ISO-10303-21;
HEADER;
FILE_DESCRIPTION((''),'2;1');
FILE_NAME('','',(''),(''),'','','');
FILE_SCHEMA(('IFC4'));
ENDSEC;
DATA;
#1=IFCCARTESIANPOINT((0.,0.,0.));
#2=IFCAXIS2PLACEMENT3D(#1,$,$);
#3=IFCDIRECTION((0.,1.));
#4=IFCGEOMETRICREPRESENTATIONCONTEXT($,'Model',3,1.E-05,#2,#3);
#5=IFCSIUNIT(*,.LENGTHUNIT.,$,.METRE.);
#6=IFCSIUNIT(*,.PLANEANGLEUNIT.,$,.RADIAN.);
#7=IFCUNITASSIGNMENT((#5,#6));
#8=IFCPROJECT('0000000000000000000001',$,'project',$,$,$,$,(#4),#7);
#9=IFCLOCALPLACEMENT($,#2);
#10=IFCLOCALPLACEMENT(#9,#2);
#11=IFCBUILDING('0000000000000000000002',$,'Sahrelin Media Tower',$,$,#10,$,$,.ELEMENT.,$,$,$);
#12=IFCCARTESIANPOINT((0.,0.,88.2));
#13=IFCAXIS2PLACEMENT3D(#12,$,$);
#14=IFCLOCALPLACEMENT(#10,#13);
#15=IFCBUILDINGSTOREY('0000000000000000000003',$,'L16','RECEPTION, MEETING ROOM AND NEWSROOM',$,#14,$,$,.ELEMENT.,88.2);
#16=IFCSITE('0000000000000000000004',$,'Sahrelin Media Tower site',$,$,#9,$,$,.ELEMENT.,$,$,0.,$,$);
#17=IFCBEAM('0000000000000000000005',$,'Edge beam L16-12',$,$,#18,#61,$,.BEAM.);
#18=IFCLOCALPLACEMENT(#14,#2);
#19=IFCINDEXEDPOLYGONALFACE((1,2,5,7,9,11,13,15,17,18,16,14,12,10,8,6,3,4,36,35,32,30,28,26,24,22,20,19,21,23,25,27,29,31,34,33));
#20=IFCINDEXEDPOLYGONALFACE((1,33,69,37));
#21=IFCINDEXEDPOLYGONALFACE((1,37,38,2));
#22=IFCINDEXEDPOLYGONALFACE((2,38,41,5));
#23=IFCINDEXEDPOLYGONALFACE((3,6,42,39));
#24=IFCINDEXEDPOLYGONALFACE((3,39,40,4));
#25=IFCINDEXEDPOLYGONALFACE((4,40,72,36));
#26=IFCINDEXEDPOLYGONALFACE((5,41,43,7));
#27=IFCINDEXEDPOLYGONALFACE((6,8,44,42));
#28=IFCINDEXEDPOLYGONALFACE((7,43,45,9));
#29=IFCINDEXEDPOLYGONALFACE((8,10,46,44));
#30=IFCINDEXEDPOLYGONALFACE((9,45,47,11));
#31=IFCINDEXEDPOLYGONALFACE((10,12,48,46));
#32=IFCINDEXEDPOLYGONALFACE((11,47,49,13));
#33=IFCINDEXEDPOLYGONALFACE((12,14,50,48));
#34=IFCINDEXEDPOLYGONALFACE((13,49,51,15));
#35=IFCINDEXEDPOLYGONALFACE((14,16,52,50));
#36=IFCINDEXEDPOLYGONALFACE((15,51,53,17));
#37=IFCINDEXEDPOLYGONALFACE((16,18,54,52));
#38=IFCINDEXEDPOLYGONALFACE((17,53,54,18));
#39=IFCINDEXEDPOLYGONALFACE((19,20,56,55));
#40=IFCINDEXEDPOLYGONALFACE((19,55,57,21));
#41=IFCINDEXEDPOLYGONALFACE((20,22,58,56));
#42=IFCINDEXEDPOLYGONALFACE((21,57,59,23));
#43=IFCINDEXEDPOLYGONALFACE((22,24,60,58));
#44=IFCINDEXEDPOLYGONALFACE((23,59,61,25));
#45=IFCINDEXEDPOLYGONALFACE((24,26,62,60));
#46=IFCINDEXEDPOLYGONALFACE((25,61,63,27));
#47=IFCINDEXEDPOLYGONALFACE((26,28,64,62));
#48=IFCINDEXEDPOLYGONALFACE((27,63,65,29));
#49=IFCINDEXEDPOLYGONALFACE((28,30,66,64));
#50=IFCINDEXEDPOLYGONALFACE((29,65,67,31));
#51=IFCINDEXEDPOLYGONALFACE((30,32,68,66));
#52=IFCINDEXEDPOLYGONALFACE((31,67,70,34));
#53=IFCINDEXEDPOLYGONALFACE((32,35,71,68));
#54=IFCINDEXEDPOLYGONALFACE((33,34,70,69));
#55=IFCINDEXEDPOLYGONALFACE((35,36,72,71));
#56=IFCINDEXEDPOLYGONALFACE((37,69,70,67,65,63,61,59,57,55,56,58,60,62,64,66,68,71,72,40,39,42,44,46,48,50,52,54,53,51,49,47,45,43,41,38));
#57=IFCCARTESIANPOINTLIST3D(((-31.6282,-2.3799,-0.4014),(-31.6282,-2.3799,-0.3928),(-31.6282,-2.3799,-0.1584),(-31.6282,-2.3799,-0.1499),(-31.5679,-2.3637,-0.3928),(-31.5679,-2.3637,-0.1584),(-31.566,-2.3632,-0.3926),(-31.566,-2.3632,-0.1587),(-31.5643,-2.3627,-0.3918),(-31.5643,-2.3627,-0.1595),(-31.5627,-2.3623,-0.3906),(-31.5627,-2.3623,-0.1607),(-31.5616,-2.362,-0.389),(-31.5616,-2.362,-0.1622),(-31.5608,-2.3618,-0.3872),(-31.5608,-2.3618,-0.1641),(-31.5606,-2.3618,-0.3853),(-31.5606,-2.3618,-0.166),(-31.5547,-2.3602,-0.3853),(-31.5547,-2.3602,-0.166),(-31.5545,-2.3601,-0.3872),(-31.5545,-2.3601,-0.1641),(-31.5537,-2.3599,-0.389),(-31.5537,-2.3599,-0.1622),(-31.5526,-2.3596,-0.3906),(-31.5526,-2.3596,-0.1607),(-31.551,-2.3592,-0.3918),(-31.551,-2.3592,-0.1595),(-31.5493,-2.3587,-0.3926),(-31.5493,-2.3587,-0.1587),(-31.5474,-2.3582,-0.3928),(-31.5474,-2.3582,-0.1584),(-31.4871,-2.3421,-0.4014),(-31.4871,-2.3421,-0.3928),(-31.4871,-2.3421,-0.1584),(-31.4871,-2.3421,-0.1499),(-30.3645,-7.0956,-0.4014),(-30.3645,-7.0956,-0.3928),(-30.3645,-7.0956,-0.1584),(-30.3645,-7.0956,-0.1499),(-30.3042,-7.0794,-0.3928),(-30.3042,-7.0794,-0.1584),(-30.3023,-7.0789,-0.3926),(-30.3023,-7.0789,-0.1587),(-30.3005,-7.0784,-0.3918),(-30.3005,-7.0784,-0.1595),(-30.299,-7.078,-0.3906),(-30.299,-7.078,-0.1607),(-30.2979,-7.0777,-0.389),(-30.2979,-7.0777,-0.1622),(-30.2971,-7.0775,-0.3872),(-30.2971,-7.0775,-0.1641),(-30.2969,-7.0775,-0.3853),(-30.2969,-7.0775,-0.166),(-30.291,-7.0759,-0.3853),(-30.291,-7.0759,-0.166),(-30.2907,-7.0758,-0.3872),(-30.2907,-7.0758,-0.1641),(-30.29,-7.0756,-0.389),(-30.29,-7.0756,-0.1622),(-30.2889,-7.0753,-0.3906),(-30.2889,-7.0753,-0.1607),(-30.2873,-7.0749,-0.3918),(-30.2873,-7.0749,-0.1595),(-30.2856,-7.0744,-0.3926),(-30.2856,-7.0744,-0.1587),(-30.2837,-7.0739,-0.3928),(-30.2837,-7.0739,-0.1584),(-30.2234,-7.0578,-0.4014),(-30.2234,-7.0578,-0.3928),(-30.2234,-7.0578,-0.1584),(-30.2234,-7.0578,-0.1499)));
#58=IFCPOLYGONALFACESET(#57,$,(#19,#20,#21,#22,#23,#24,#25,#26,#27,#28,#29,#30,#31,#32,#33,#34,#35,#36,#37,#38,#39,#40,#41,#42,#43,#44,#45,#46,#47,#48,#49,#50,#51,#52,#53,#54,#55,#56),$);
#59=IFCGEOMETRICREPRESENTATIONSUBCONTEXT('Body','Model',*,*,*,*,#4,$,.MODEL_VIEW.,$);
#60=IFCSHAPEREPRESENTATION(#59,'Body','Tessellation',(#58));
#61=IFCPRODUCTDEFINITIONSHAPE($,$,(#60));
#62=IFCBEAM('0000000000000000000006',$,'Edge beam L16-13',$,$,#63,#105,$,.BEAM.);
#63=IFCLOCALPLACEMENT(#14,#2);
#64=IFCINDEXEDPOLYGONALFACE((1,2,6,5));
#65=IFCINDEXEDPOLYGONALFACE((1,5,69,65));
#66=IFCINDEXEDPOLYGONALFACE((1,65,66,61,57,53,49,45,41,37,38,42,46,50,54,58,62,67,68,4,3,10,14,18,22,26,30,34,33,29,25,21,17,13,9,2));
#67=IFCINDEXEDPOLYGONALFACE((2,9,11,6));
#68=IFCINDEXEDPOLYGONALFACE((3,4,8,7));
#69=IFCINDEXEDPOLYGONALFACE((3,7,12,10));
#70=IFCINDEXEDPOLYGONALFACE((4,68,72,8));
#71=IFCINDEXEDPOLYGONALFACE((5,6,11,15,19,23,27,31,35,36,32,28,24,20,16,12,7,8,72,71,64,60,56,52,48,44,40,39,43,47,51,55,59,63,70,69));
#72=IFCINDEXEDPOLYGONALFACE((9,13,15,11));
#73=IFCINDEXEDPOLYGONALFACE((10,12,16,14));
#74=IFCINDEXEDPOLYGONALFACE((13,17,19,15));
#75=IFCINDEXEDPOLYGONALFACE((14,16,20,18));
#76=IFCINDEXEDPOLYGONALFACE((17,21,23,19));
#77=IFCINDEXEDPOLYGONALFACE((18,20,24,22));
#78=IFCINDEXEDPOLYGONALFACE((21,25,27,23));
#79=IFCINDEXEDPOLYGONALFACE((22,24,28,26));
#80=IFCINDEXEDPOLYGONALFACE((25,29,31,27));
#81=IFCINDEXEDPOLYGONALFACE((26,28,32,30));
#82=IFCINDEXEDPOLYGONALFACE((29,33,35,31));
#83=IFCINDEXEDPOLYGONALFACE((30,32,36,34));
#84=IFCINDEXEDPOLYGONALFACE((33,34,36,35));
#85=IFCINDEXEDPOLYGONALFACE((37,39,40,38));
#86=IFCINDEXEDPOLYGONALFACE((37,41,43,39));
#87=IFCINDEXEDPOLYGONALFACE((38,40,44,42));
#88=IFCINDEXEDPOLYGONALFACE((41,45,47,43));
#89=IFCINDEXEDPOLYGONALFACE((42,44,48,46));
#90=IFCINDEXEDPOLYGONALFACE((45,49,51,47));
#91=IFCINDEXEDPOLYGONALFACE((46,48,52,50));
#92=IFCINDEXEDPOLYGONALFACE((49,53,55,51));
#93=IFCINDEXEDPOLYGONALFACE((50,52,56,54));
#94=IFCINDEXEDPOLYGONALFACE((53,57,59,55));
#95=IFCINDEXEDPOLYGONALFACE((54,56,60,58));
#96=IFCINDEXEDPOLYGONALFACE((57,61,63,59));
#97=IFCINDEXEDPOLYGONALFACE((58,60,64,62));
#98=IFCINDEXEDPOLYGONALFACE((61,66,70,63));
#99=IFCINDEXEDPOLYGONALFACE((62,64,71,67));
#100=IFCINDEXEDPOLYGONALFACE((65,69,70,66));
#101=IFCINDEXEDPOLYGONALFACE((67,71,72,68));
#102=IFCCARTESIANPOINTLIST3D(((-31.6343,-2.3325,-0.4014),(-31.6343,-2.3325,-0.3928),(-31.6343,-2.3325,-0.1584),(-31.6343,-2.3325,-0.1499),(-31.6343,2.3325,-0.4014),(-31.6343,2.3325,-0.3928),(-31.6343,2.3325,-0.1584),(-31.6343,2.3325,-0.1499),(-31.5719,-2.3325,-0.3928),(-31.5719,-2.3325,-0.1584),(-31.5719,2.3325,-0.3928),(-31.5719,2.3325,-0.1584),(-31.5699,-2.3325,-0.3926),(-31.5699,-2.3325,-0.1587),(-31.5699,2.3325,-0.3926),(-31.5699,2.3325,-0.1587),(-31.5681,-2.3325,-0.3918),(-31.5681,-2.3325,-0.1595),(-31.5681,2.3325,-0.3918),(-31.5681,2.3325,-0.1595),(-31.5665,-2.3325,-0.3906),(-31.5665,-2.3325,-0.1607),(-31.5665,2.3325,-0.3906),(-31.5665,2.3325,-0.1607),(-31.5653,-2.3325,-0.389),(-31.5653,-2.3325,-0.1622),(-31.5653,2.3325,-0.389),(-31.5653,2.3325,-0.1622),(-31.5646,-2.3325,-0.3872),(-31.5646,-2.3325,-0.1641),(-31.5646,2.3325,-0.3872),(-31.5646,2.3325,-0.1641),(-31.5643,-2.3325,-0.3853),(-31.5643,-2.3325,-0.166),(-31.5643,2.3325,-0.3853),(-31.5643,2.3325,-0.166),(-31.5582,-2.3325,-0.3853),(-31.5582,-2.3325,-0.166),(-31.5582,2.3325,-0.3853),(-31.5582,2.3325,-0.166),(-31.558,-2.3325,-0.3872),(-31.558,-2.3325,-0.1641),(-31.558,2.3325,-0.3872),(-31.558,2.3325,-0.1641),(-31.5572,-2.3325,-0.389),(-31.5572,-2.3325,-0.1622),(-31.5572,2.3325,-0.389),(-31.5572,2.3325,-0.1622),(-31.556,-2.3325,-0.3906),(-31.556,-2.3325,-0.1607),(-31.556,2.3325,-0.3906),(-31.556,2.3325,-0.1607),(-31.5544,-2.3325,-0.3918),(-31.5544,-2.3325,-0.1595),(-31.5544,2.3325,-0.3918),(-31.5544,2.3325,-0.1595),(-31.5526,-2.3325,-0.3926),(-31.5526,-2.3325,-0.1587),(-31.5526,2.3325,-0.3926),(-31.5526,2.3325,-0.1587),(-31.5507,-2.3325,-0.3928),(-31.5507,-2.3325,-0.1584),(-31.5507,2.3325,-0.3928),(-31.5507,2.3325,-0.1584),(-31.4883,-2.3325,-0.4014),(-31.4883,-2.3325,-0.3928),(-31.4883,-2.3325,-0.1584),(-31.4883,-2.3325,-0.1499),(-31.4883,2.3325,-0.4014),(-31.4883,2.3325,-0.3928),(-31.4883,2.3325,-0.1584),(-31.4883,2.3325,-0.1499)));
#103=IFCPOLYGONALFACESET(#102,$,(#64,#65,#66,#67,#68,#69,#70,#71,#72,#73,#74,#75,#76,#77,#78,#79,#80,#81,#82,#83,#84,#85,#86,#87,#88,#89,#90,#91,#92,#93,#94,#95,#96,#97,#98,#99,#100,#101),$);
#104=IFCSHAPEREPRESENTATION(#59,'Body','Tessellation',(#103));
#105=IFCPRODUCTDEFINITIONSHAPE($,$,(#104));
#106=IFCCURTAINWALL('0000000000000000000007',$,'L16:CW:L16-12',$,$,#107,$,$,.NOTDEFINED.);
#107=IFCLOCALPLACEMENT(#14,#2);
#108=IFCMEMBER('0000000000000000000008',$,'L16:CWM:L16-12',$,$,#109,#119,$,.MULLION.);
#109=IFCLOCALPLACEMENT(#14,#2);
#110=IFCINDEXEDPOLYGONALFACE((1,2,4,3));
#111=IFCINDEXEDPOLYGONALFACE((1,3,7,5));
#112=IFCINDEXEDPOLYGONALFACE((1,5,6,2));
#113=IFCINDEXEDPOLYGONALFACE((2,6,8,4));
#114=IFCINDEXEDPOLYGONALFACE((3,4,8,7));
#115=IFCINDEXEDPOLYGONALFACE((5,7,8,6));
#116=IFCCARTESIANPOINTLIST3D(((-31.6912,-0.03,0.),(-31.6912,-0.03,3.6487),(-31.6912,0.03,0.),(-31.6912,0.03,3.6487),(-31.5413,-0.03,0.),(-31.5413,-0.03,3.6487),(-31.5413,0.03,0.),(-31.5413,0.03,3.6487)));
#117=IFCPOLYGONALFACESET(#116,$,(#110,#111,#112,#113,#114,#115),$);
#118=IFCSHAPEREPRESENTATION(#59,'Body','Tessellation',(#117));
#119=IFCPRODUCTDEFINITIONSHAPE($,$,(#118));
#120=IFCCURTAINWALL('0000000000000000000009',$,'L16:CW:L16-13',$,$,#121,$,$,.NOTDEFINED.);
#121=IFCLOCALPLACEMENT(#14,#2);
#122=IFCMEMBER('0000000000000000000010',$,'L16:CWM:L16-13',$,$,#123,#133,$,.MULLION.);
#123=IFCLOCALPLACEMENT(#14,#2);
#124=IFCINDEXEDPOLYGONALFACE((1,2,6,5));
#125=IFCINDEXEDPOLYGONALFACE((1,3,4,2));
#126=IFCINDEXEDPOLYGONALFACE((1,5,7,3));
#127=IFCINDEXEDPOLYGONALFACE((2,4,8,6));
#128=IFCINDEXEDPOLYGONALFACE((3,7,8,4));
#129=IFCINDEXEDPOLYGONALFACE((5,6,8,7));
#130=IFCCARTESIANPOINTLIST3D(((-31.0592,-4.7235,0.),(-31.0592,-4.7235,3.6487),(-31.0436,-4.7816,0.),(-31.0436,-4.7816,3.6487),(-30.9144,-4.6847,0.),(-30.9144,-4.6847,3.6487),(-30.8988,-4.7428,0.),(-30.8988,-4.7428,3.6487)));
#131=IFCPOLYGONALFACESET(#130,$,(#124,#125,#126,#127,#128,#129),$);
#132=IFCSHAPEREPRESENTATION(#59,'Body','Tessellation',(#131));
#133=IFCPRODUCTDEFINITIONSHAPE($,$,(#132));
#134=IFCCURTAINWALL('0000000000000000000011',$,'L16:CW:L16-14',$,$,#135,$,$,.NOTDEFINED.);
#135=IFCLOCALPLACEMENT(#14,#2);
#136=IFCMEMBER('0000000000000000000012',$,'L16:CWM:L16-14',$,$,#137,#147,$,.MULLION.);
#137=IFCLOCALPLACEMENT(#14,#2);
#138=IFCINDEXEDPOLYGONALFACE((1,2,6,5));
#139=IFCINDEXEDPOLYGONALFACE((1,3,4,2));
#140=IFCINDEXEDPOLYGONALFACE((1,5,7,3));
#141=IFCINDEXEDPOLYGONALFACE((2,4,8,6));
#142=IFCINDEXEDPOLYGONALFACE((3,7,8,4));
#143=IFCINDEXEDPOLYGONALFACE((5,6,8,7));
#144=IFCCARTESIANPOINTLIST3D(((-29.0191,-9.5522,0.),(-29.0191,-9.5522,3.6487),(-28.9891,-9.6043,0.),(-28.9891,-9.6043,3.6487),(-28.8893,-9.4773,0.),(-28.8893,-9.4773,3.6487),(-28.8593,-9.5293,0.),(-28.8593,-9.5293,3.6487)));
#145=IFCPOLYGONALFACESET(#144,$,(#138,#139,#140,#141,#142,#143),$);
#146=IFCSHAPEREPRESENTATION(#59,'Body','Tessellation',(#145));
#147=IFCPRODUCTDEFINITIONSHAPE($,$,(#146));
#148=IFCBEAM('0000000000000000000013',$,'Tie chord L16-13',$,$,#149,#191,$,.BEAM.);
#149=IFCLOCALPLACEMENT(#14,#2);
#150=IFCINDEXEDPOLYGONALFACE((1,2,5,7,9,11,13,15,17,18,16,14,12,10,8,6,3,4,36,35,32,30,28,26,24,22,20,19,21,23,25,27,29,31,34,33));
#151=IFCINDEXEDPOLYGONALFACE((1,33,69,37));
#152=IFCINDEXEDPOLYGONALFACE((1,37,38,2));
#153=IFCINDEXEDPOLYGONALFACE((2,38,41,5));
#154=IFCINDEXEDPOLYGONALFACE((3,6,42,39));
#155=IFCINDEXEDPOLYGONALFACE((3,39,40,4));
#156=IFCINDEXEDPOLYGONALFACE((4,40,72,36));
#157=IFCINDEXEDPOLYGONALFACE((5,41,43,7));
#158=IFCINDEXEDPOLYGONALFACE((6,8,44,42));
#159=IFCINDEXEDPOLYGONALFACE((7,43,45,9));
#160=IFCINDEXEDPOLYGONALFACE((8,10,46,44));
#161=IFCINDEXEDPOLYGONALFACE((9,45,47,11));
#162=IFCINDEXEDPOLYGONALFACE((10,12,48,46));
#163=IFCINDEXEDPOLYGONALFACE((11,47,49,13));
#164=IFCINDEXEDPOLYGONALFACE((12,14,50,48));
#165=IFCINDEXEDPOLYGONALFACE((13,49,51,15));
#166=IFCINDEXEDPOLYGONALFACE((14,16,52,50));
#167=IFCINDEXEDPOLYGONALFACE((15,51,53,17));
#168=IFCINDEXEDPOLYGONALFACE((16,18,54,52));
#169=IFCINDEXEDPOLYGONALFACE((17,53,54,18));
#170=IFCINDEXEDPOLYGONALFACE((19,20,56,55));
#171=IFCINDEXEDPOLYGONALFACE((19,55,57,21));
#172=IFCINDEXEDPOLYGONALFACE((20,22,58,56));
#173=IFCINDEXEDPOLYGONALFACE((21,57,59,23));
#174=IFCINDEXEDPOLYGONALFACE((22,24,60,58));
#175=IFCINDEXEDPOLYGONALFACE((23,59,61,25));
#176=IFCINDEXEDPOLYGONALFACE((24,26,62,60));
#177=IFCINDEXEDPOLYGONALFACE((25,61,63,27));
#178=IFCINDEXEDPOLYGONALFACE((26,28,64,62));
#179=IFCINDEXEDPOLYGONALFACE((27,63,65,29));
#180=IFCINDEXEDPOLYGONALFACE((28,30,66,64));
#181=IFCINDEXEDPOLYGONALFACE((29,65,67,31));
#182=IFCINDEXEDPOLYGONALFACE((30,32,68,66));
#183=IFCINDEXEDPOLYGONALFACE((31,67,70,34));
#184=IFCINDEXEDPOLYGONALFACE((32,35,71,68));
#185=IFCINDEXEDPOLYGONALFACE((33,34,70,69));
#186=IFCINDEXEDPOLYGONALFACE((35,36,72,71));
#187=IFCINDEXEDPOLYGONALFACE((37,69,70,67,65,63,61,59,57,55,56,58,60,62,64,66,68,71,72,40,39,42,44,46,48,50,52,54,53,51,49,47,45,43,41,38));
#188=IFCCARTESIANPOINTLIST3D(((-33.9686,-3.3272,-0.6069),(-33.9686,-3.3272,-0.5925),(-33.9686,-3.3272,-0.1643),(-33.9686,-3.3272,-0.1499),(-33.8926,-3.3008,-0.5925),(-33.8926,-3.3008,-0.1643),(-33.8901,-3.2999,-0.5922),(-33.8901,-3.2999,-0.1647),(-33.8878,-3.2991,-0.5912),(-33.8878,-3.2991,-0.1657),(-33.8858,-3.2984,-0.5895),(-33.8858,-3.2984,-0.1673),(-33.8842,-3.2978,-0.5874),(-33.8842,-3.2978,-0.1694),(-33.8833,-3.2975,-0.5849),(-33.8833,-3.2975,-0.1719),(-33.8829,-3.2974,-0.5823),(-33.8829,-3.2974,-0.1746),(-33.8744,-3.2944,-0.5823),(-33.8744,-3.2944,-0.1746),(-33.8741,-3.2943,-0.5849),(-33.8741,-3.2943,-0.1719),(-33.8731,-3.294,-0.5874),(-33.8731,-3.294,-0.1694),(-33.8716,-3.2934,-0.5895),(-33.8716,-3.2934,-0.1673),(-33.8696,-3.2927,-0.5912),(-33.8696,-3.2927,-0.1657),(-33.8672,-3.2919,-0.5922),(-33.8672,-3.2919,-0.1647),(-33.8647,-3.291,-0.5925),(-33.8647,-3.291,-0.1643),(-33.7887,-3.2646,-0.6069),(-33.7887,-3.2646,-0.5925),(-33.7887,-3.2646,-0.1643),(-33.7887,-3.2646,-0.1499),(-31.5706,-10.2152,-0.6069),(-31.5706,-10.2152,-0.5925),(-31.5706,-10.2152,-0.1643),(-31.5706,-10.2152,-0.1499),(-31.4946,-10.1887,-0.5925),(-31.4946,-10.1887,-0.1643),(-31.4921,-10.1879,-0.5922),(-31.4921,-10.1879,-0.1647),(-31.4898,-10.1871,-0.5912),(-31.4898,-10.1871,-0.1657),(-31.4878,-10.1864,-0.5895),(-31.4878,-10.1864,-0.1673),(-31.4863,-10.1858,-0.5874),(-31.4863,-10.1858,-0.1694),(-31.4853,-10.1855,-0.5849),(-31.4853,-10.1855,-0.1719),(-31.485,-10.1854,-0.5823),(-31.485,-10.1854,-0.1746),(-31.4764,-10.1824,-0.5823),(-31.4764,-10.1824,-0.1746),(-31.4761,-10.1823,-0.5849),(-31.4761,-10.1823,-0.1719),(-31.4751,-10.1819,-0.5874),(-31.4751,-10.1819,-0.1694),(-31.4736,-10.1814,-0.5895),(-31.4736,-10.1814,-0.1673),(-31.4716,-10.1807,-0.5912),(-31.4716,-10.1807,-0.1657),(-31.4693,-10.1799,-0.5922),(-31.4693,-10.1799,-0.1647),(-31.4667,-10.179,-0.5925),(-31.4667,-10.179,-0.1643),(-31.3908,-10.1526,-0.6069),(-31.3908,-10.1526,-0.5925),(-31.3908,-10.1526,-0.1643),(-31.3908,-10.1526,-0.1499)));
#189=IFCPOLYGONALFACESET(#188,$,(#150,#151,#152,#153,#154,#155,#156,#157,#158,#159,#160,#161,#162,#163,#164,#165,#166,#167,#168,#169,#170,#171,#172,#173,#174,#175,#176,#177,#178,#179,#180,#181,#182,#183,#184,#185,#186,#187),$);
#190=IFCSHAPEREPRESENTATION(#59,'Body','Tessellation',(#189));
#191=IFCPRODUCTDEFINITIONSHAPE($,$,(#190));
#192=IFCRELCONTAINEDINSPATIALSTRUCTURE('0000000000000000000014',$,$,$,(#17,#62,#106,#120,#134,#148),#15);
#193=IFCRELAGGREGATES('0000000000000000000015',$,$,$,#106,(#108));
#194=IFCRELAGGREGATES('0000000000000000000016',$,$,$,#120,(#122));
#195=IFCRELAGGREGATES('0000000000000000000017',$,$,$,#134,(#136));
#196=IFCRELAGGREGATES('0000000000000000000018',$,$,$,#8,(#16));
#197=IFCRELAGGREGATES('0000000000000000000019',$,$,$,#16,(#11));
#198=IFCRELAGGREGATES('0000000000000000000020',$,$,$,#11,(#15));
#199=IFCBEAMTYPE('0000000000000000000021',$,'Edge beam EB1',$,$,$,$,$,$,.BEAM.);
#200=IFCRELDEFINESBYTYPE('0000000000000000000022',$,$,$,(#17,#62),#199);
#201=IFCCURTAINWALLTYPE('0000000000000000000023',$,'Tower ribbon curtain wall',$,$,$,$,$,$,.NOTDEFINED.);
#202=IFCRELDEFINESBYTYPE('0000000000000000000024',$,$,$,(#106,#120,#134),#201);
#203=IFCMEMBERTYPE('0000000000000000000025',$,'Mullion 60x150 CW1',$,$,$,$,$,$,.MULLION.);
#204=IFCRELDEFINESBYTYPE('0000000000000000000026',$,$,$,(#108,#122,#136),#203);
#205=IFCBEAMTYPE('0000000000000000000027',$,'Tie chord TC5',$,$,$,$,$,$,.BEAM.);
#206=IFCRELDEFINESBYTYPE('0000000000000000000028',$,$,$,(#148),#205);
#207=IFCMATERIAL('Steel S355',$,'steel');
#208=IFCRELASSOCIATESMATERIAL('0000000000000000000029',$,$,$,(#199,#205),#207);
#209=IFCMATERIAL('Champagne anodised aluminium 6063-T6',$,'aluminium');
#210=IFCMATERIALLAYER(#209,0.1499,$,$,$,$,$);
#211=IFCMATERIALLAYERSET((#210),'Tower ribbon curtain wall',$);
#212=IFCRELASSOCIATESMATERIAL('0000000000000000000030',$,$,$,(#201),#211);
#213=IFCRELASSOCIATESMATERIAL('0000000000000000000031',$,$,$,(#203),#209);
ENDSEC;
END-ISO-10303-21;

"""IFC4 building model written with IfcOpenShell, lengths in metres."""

from ifc_helpers import new_model, si_unit, direction, frame, origin, origin_2d, place, context, subcontext, project, spatial, rectangle, i_section, extrude, material, layer, layer_set, material_profile, profile_set, type_object, element, aggregate, save


model = new_model("IFC4")

# Units and contexts
model_context = context("Model", 3, precision=1e-05, world=origin(), true_north=direction((0.0, 1.0)))
body_context = subcontext(model_context, "Body", "Model", "MODEL_VIEW")
ifc_project = project(units=[si_unit("LENGTHUNIT", "METRE"), si_unit("PLANEANGLEUNIT", "RADIAN")], contexts=[model_context])

# Site, building, storey
site_placement = place(None, origin())
site = spatial("IfcSite", under=ifc_project, at=site_placement, Name="Sahrelin Media Tower site", CompositionType="ELEMENT", RefElevation=0.0)
building_placement = place(site_placement, origin())
building = spatial("IfcBuilding", under=site, at=building_placement, Name="Sahrelin Media Tower", CompositionType="ELEMENT")
storey_placement = place(building_placement, frame((0.0, 0.0, 88.2)))
storey = spatial("IfcBuildingStorey", under=building, at=storey_placement, Name="L16", Description="RECEPTION, MEETING ROOM AND NEWSROOM", CompositionType="ELEMENT", Elevation=88.2)

# Beams
ifc_material_1 = material(Name="Steel S355", Category="steel")
ifc_material_profile_1 = material_profile(ifc_material_1, i_section(OverallWidth=0.146, OverallDepth=0.2515, WebThickness=0.0061, FlangeThickness=0.0085, FilletRadius=0.0076, at=origin_2d()), Name="UB 254x146x31")
ifc_profile_set_1 = profile_set([ifc_material_profile_1], Name="Steel S355")
beam_type_1 = type_object("IfcBeamType", Name="Edge beam EB1", PredefinedType="BEAM", material=ifc_profile_set_1)
beam_1_placement = place(storey_placement, frame((-30.2939, -7.0767, -0.2756), z_axis=(-0.258845, 0.965919, 0.0), x_axis=(-0.965919, -0.258845, 0.0)))
element("IfcBeam", 1, at=beam_1_placement, inside=storey, type_object=beam_type_1, Name="Edge beam L16-12", PredefinedType="BEAM", context=body_context, shape_type="SweptSolid", body=[
    extrude(i_section(OverallWidth=0.146, OverallDepth=0.2515, WebThickness=0.0061, FlangeThickness=0.0085, FilletRadius=0.0076, at=origin_2d()), origin(), (0.0, 0.0, 1.0), 4.8821),
])
beam_2_placement = place(storey_placement, frame((-31.5613, -2.3325, -0.2756), z_axis=(0.0, 1.0, 0.0), x_axis=(-1.0, 0.0, 0.0)))
element("IfcBeam", 2, at=beam_2_placement, inside=storey, type_object=beam_type_1, Name="Edge beam L16-13", PredefinedType="BEAM", context=body_context, shape_type="SweptSolid", body=[
    extrude(i_section(OverallWidth=0.146, OverallDepth=0.2515, WebThickness=0.0061, FlangeThickness=0.0085, FilletRadius=0.0076, at=origin_2d()), origin(), (0.0, 0.0, 1.0), 4.665),
])

# Curtain walls, members
ifc_material_2 = material(Name="Champagne anodised aluminium 6063-T6", Category="aluminium")
ifc_layer_1 = layer(ifc_material_2, 0.1499)
ifc_layer_set_1 = layer_set([ifc_layer_1], Name="Tower ribbon curtain wall")
curtain_wall_type = type_object("IfcCurtainWallType", Name="Tower ribbon curtain wall", PredefinedType="NOTDEFINED", material=ifc_layer_set_1)
curtain_wall_1_placement = place(storey_placement, frame((-31.7112, 0.0, 0.0), z_axis=(0.0, 0.0, 1.0), x_axis=(1.0, 0.0, 0.0)))
curtain_wall_1 = element("IfcCurtainWall", 3, at=curtain_wall_1_placement, inside=storey, type_object=curtain_wall_type, Name="L16:CW:L16-12", PredefinedType="NOTDEFINED")
ifc_material_profile_2 = material_profile(ifc_material_2, rectangle(XDim=0.0601, YDim=0.1499, at=origin_2d()), Name="Mullion 60x150")
ifc_profile_set_2 = profile_set([ifc_material_profile_2], Name="Champagne anodised aluminium 6063-T6")
member_type_1 = type_object("IfcMemberType", Name="Mullion 60x150 CW1", PredefinedType="MULLION", material=ifc_profile_set_2)
member_1_placement = place(storey_placement, frame((-31.6162, 0.0, 0.0), z_axis=(0.0, 0.0, 1.0), x_axis=(0.0, -1.0, 0.0)))
member_1 = element("IfcMember", 4, at=member_1_placement, type_object=member_type_1, Name="L16:CWM:L16-12", PredefinedType="MULLION", context=body_context, shape_type="SweptSolid", body=[
    extrude(rectangle(XDim=0.0601, YDim=0.1499, at=origin_2d()), origin(), (0.0, 0.0, 1.0), 3.6487),
])
aggregate(curtain_wall_1, [member_1])
curtain_wall_2_placement = place(storey_placement, frame((-31.0708, -4.7576, 0.0), z_axis=(0.0, 0.0, 1.0), x_axis=(1.0, 0.0, 0.0)))
curtain_wall_2 = element("IfcCurtainWall", 5, at=curtain_wall_2_placement, inside=storey, type_object=curtain_wall_type, Name="L16:CW:L16-13", PredefinedType="NOTDEFINED")
member_2_placement = place(storey_placement, frame((-30.979, -4.7332, 0.0), z_axis=(0.0, 0.0, 1.0), x_axis=(0.258817, -0.965926, 0.0)))
member_2 = element("IfcMember", 6, at=member_2_placement, type_object=member_type_1, Name="L16:CWM:L16-13", PredefinedType="MULLION", context=body_context, shape_type="SweptSolid", body=[
    extrude(rectangle(XDim=0.0601, YDim=0.1499, at=origin_2d()), origin(), (0.0, 0.0, 1.0), 3.6487),
])
curtain_wall_3_placement = place(storey_placement, frame((-29.0215, -9.5884, 0.0), z_axis=(0.0, 0.0, 1.0), x_axis=(1.0, 0.0, 0.0)))
curtain_wall_3 = element("IfcCurtainWall", 7, at=curtain_wall_3_placement, inside=storey, type_object=curtain_wall_type, Name="L16:CW:L16-14", PredefinedType="NOTDEFINED")
member_3_placement = place(storey_placement, frame((-28.9392, -9.5408, 0.0), z_axis=(0.0, 0.0, 1.0), x_axis=(0.499991, -0.866031, 0.0)))
member_3 = element("IfcMember", 8, at=member_3_placement, type_object=member_type_1, Name="L16:CWM:L16-14", PredefinedType="MULLION", context=body_context, shape_type="SweptSolid", body=[
    extrude(rectangle(XDim=0.0601, YDim=0.1499, at=origin_2d()), origin(), (0.0, 0.0, 1.0), 3.6487),
])

# Beam
ifc_material_profile_3 = material_profile(ifc_material_1, i_section(OverallWidth=0.1904, OverallDepth=0.457, WebThickness=0.009, FlangeThickness=0.0144, FilletRadius=0.0103, at=origin_2d()), Name="UB 457x191x74")
ifc_profile_set_3 = profile_set([ifc_material_profile_3], Name="Steel S355")
beam_type_2 = type_object("IfcBeamType", Name="Tie chord TC5", PredefinedType="BEAM", material=ifc_profile_set_3)
beam_3_placement = place(storey_placement, frame((-33.8787, -3.2959, -0.3784), z_axis=(0.328783, -0.944406, 0.0), x_axis=(0.944406, 0.328783, 0.0)))
element("IfcBeam", 9, at=beam_3_placement, inside=storey, type_object=beam_type_2, Name="Tie chord L16-13", PredefinedType="BEAM", context=body_context, shape_type="SweptSolid", body=[
    extrude(i_section(OverallWidth=0.1904, OverallDepth=0.457, WebThickness=0.009, FlangeThickness=0.0144, FilletRadius=0.0103, at=origin_2d()), origin(), (0.0, 0.0, 1.0), 7.2935),
])

aggregate(curtain_wall_2, [member_2])
aggregate(curtain_wall_3, [member_3])

save(model, "model.ifc")
